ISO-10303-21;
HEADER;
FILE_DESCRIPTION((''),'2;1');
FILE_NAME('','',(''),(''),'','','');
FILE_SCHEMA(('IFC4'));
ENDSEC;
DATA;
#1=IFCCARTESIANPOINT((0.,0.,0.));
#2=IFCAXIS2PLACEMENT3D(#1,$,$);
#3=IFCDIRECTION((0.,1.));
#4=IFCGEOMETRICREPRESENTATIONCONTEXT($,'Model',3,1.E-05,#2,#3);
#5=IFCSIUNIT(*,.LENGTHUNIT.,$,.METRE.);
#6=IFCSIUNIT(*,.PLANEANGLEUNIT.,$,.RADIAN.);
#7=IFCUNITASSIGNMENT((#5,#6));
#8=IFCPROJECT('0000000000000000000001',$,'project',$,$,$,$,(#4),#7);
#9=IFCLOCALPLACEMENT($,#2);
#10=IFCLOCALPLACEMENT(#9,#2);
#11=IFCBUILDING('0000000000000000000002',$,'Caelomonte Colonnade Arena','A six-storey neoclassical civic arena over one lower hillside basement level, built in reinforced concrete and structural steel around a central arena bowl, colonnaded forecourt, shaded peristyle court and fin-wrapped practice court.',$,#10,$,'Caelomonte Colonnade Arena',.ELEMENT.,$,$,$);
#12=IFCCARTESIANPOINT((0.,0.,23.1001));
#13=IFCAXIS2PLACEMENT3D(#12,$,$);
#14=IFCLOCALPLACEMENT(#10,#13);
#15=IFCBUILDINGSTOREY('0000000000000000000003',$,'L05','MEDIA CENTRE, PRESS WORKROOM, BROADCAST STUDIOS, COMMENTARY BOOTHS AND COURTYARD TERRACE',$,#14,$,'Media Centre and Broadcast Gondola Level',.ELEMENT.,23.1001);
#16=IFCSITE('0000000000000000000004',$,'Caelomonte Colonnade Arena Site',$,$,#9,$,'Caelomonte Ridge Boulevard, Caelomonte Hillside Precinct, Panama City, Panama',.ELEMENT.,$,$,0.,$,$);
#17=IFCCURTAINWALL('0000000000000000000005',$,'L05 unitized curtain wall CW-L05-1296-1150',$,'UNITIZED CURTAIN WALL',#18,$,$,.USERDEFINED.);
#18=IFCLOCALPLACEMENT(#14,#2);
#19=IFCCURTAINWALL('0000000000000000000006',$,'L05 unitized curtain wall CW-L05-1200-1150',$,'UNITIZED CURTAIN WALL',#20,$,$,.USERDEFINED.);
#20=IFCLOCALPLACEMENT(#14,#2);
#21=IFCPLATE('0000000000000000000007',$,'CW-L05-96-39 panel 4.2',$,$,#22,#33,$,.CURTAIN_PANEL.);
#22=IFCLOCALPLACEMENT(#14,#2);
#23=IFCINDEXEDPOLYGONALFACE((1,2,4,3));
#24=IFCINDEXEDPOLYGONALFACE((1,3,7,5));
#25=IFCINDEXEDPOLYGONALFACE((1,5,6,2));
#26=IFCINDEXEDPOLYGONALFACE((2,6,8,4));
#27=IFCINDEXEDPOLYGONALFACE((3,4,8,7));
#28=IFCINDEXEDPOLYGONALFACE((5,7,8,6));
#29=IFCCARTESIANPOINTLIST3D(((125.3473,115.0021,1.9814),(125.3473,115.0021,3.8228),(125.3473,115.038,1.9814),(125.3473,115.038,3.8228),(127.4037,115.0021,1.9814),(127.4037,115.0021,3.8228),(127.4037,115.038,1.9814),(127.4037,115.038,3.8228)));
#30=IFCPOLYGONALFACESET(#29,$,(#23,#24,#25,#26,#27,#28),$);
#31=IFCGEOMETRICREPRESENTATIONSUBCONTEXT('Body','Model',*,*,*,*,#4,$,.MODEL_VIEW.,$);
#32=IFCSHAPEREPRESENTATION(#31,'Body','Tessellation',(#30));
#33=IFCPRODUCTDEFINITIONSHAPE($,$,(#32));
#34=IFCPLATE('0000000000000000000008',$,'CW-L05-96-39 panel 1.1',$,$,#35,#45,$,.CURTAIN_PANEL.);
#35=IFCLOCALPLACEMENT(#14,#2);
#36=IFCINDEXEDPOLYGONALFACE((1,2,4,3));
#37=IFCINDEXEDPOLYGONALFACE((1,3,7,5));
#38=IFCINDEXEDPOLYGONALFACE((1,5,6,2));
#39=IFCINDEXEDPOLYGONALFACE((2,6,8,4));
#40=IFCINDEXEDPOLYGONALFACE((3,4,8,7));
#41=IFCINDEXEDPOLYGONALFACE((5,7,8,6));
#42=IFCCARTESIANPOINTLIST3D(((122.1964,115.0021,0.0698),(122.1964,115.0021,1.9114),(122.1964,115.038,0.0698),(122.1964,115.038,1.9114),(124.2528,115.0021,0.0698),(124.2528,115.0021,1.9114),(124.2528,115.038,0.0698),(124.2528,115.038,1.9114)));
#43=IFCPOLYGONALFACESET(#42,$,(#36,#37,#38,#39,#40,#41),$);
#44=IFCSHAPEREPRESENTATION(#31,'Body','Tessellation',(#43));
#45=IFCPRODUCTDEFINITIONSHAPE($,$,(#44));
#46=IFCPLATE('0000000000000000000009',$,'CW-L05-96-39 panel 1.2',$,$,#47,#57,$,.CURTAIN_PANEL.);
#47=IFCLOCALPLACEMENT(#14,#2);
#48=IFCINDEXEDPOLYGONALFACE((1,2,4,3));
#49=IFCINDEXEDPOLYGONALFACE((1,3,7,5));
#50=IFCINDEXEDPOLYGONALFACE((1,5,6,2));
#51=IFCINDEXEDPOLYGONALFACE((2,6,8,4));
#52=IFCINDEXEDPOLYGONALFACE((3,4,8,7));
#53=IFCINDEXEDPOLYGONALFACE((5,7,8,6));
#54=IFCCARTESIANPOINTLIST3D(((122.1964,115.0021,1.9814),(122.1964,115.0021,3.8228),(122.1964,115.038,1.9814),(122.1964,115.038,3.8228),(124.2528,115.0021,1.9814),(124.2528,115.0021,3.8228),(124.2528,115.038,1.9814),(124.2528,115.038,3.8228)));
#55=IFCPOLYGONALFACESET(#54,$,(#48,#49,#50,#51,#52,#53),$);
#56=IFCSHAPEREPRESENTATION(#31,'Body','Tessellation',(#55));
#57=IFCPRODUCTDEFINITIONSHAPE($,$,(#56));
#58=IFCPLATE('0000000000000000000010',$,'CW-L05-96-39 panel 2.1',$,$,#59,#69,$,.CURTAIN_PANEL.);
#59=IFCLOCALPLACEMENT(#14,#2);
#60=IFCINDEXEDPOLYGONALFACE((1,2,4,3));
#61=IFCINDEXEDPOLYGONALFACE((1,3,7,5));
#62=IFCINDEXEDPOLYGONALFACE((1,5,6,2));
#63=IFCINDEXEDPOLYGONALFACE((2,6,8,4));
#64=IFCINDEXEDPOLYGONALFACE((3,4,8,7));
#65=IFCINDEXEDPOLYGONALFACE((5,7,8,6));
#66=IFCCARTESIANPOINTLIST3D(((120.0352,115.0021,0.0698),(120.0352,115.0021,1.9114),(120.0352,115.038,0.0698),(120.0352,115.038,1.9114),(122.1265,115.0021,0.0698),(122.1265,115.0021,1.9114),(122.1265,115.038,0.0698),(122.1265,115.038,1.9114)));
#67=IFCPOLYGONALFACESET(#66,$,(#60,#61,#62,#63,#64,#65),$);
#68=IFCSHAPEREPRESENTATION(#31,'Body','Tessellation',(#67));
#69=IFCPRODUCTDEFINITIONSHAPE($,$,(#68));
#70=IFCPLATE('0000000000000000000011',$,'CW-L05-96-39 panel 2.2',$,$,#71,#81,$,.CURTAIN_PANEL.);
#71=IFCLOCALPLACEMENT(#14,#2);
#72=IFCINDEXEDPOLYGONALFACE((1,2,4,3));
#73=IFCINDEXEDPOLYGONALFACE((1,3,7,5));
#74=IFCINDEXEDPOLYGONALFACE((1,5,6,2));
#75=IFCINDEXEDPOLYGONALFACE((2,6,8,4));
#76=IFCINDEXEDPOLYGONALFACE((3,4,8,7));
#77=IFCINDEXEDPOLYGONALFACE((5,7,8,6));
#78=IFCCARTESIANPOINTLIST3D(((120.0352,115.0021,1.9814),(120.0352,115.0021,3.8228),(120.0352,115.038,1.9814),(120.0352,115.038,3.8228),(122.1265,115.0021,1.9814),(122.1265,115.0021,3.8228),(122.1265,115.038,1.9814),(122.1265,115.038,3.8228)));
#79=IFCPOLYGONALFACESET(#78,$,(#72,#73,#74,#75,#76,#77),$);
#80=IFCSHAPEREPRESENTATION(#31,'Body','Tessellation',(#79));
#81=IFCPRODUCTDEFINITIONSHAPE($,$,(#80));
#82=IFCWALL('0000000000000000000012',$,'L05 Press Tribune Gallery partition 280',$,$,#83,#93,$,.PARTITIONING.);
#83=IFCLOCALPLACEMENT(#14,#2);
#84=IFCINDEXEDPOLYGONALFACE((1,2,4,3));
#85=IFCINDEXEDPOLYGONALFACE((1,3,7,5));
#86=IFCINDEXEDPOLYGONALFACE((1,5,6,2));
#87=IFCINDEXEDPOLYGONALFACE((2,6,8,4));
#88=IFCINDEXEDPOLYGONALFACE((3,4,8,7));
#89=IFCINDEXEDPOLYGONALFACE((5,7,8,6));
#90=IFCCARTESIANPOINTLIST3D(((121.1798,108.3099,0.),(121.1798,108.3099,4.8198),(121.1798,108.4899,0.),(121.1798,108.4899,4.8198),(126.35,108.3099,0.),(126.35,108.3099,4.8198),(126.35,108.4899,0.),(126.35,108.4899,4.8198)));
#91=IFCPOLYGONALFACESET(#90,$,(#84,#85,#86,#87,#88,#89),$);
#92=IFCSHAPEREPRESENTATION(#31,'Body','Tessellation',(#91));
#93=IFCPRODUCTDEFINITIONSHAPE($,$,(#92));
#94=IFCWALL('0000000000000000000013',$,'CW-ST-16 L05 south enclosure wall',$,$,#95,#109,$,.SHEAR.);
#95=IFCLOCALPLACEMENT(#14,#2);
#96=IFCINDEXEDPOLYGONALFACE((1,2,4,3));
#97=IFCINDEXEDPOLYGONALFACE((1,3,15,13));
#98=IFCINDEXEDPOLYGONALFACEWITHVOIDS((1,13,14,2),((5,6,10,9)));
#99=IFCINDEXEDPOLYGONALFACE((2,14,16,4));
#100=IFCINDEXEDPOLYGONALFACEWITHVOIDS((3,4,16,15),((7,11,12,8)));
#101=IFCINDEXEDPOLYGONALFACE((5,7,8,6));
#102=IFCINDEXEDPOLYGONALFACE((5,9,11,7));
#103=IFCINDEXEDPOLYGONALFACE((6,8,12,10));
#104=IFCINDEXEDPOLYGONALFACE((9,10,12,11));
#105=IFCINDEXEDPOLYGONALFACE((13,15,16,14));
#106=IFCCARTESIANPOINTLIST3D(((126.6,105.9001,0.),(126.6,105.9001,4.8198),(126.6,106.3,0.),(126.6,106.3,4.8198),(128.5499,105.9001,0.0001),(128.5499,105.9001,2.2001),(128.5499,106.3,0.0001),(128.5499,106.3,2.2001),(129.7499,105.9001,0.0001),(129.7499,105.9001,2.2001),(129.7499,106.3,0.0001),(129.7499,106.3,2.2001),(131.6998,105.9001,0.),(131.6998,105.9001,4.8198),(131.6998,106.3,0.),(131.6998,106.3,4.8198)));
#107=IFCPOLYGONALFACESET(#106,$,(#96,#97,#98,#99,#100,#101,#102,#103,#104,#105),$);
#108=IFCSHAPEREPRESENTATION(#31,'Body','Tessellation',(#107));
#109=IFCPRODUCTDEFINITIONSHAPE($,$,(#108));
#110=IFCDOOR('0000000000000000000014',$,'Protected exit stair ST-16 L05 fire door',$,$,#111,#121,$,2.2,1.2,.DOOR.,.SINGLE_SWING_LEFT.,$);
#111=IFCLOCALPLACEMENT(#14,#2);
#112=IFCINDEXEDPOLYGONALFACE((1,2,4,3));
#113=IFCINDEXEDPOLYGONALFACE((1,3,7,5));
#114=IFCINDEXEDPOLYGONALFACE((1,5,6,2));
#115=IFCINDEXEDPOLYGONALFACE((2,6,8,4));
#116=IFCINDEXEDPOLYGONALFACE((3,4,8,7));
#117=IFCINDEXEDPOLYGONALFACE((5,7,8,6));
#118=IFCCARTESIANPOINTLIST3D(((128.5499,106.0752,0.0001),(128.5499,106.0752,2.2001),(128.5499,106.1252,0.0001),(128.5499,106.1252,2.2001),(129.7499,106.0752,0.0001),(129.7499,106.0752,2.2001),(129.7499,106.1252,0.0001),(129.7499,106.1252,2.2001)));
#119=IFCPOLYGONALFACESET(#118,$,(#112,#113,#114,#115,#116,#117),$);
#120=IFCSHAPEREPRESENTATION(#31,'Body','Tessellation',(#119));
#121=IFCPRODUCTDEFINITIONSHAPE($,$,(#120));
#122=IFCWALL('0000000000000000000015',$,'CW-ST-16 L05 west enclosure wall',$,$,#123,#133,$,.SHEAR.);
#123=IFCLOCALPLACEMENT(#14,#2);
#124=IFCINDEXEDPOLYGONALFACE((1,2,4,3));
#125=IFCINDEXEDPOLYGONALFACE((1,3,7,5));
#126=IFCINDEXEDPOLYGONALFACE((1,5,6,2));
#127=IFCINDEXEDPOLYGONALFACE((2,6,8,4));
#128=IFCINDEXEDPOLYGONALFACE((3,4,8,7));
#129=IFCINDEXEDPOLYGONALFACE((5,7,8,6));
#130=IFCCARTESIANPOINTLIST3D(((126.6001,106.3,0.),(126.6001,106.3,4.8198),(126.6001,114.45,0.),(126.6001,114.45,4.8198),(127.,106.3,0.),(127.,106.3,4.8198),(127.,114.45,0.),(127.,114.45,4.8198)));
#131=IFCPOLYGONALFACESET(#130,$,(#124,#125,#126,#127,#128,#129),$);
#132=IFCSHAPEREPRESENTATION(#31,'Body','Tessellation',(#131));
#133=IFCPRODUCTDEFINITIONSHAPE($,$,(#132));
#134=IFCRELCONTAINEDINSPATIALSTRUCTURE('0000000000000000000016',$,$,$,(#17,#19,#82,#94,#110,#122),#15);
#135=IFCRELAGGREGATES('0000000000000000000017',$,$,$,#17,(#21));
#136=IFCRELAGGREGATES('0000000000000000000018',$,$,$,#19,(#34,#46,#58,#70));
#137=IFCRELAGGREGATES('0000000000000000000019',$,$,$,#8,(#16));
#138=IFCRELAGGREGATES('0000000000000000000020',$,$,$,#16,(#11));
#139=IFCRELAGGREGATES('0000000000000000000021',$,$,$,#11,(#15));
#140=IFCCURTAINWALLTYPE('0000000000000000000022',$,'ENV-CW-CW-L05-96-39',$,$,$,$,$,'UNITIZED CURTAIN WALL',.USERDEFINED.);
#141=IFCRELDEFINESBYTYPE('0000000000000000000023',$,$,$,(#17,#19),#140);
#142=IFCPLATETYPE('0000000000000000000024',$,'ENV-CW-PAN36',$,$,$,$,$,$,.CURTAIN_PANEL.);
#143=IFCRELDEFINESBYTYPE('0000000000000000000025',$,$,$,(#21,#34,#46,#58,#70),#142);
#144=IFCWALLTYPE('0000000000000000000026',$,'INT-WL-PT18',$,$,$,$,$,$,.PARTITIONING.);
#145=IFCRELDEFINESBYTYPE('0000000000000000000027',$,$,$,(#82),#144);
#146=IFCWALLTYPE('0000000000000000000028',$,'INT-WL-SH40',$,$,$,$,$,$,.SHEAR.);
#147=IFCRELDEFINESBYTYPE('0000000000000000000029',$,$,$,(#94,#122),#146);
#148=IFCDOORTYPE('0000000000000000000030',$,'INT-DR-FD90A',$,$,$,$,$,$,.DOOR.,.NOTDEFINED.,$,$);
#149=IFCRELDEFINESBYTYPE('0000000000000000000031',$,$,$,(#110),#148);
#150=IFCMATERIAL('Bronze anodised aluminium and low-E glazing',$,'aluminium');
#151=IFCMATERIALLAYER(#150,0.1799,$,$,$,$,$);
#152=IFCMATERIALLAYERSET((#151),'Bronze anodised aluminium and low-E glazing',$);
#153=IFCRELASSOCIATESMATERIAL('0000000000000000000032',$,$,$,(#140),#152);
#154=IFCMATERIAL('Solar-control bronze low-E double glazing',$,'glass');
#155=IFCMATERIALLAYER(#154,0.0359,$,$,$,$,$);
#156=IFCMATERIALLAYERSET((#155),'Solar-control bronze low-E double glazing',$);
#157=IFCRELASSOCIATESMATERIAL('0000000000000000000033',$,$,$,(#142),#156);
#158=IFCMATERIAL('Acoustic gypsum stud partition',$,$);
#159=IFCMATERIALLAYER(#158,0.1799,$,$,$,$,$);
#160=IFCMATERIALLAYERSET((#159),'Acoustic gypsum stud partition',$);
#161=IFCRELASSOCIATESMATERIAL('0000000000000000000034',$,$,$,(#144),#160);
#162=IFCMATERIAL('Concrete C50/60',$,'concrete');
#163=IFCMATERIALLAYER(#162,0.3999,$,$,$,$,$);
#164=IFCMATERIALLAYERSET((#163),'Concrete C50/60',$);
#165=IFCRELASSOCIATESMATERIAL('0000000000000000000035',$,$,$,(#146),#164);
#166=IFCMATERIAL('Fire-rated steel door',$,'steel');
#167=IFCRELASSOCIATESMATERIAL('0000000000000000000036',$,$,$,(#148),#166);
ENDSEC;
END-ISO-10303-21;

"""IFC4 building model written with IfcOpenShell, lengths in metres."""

from ifc_helpers import new_model, si_unit, direction, frame, frame_2d, origin, origin_2d, place, context, subcontext, project, spatial, rectangle, extrude, material, layer, layer_set, type_object, element, fill, aggregate, save


model = new_model("IFC4")

# Units and contexts
model_context = context("Model", 3, precision=1e-05, world=origin(), true_north=direction((0.0, 1.0)))
body_context = subcontext(model_context, "Body", "Model", "MODEL_VIEW")
ifc_project = project(units=[si_unit("LENGTHUNIT", "METRE"), si_unit("PLANEANGLEUNIT", "RADIAN")], contexts=[model_context])

# Site, building, storey
site_placement = place(None, origin())
site = spatial("IfcSite", under=ifc_project, at=site_placement, Name="Caelomonte Colonnade Arena Site", LongName="Caelomonte Ridge Boulevard, Caelomonte Hillside Precinct, Panama City, Panama", CompositionType="ELEMENT", RefElevation=0.0)
building_placement = place(site_placement, origin())
building = spatial("IfcBuilding", under=site, at=building_placement, Name="Caelomonte Colonnade Arena", Description="A six-storey neoclassical civic arena over one lower hillside basement level, built in reinforced concrete and structural steel around a central arena bowl, colonnaded forecourt, shaded peristyle court and fin-wrapped practice court.", LongName="Caelomonte Colonnade Arena", CompositionType="ELEMENT")
storey_placement = place(building_placement, frame((0.0, 0.0, 23.1001)))
storey = spatial("IfcBuildingStorey", under=building, at=storey_placement, Name="L05", Description="MEDIA CENTRE, PRESS WORKROOM, BROADCAST STUDIOS, COMMENTARY BOOTHS AND COURTYARD TERRACE", LongName="Media Centre and Broadcast Gondola Level", CompositionType="ELEMENT", Elevation=23.1001)

# Curtain wall
ifc_material_1 = material(Name="Bronze anodised aluminium and low-E glazing", Category="aluminium")
ifc_layer_1 = layer(ifc_material_1, 0.1799)
ifc_layer_set_1 = layer_set([ifc_layer_1], Name="Bronze anodised aluminium and low-E glazing")
curtain_wall_type = type_object("IfcCurtainWallType", Name="ENV-CW-CW-L05-96-39", ElementType="UNITIZED CURTAIN WALL", PredefinedType="USERDEFINED", material=ifc_layer_set_1)
curtain_wall_1_placement = place(storey_placement, origin())
curtain_wall_1 = element("IfcCurtainWall", 1, at=curtain_wall_1_placement, inside=storey, type_object=curtain_wall_type, Name="L05 unitized curtain wall CW-L05-1296-1150", ObjectType="UNITIZED CURTAIN WALL", PredefinedType="USERDEFINED")

# Curtain wall
curtain_wall_2_placement = place(storey_placement, origin())
curtain_wall_2 = element("IfcCurtainWall", 2, at=curtain_wall_2_placement, inside=storey, type_object=curtain_wall_type, Name="L05 unitized curtain wall CW-L05-1200-1150", ObjectType="UNITIZED CURTAIN WALL", PredefinedType="USERDEFINED")

# Plates
ifc_material_2 = material(Name="Solar-control bronze low-E double glazing", Category="glass")
ifc_layer_2 = layer(ifc_material_2, 0.0359)
ifc_layer_set_2 = layer_set([ifc_layer_2], Name="Solar-control bronze low-E double glazing")
plate_type = type_object("IfcPlateType", Name="ENV-CW-PAN36", PredefinedType="CURTAIN_PANEL", material=ifc_layer_set_2)
plate_1_placement = place(storey_placement, frame((126.3755, 115.02, 1.9814), z_axis=(0.0, 0.0, 1.0), x_axis=(-1.0, 0.0, 0.0)))
plate_1 = element("IfcPlate", 3, at=plate_1_placement, type_object=plate_type, Name="CW-L05-96-39 panel 4.2", PredefinedType="CURTAIN_PANEL", context=body_context, shape_type="SweptSolid", body=[
    extrude(rectangle(XDim=2.0564, YDim=0.0359, at=origin_2d()), origin(), (0.0, 0.0, 1.0), 1.8413),
])
aggregate(curtain_wall_1, [plate_1])
plate_2_placement = place(storey_placement, frame((123.2246, 115.02, 0.0698), z_axis=(0.0, 0.0, 1.0), x_axis=(-1.0, 0.0, 0.0)))
plate_2 = element("IfcPlate", 4, at=plate_2_placement, type_object=plate_type, Name="CW-L05-96-39 panel 1.1", PredefinedType="CURTAIN_PANEL", context=body_context, shape_type="SweptSolid", body=[
    extrude(rectangle(XDim=2.0564, YDim=0.0359, at=origin_2d()), origin(), (0.0, 0.0, 1.0), 1.8416),
])
plate_3_placement = place(storey_placement, frame((123.2246, 115.02, 1.9814), z_axis=(0.0, 0.0, 1.0), x_axis=(-1.0, 0.0, 0.0)))
plate_3 = element("IfcPlate", 5, at=plate_3_placement, type_object=plate_type, Name="CW-L05-96-39 panel 1.2", PredefinedType="CURTAIN_PANEL", context=body_context, shape_type="SweptSolid", body=[
    extrude(rectangle(XDim=2.0564, YDim=0.0359, at=origin_2d()), origin(), (0.0, 0.0, 1.0), 1.8413),
])
plate_4_placement = place(storey_placement, frame((121.0808, 115.02, 0.0698), z_axis=(0.0, 0.0, 1.0), x_axis=(-1.0, 0.0, 0.0)))
plate_4 = element("IfcPlate", 6, at=plate_4_placement, type_object=plate_type, Name="CW-L05-96-39 panel 2.1", PredefinedType="CURTAIN_PANEL", context=body_context, shape_type="SweptSolid", body=[
    extrude(rectangle(XDim=2.0913, YDim=0.0359, at=origin_2d()), origin(), (0.0, 0.0, 1.0), 1.8416),
])
plate_5_placement = place(storey_placement, frame((121.0808, 115.02, 1.9814), z_axis=(0.0, 0.0, 1.0), x_axis=(-1.0, 0.0, 0.0)))
plate_5 = element("IfcPlate", 7, at=plate_5_placement, type_object=plate_type, Name="CW-L05-96-39 panel 2.2", PredefinedType="CURTAIN_PANEL", context=body_context, shape_type="SweptSolid", body=[
    extrude(rectangle(XDim=2.0913, YDim=0.0359, at=origin_2d()), origin(), (0.0, 0.0, 1.0), 1.8413),
])
aggregate(curtain_wall_2, [plate_2, plate_3, plate_4, plate_5])

# Wall
ifc_material_3 = material(Name="Acoustic gypsum stud partition")
ifc_layer_3 = layer(ifc_material_3, 0.1799)
ifc_layer_set_3 = layer_set([ifc_layer_3], Name="Acoustic gypsum stud partition")
wall_type_1 = type_object("IfcWallType", Name="INT-WL-PT18", PredefinedType="PARTITIONING", material=ifc_layer_set_3)
wall_1_placement = place(storey_placement, frame((121.1799, 108.3999, 0.0), z_axis=(0.0, 0.0, 1.0), x_axis=(1.0, 0.0, 0.0)))
element("IfcWall", 8, at=wall_1_placement, inside=storey, type_object=wall_type_1, Name="L05 Press Tribune Gallery partition 280", PredefinedType="PARTITIONING", context=body_context, shape_type="SweptSolid", body=[
    extrude(rectangle(XDim=5.1702, YDim=0.1799, at=frame_2d((2.585, 0.0))), origin(), (0.0, 0.0, 1.0), 4.8198),
])

# Wall, opening, door
ifc_material_4 = material(Name="Concrete C50/60", Category="concrete")
ifc_layer_4 = layer(ifc_material_4, 0.3999)
ifc_layer_set_4 = layer_set([ifc_layer_4], Name="Concrete C50/60")
wall_type_2 = type_object("IfcWallType", Name="INT-WL-SH40", PredefinedType="SHEAR", material=ifc_layer_set_4)
wall_2_placement = place(storey_placement, frame((126.6001, 106.1001, 0.0), z_axis=(0.0, 0.0, 1.0), x_axis=(1.0, 0.0, 0.0)))
wall_2 = element("IfcWall", 9, at=wall_2_placement, inside=storey, type_object=wall_type_2, Name="CW-ST-16 L05 south enclosure wall", PredefinedType="SHEAR", context=body_context, shape_type="SweptSolid", body=[
    extrude(rectangle(XDim=5.0999, YDim=0.3999, at=frame_2d((2.5498, 0.0))), origin(), (0.0, 0.0, 1.0), 4.8198),
])
opening_placement = place(wall_2_placement, frame((3.1499, 0.0, 0.0), z_axis=(0.0, 0.0, 1.0), x_axis=(-1.0, 0.0, 0.0)))
opening = element("IfcOpeningElement", 10, at=opening_placement, cuts=wall_2, PredefinedType="OPENING", context=body_context, shape_type="SweptSolid", body=[
    extrude(rectangle(XDim=1.2, YDim=2.2, at=frame_2d((0.6001, 1.1001))), frame((0.0, 0.21, 0.0), z_axis=(0.0, -1.0, 0.0), x_axis=(1.0, 0.0, 0.0)), (0.0, 0.0, 1.0), 0.4199),
])
ifc_material_5 = material(Name="Fire-rated steel door", Category="steel")
door_type = type_object("IfcDoorType", Name="INT-DR-FD90A", OperationType="NOTDEFINED", PredefinedType="DOOR", material=ifc_material_5)
door_placement = place(opening_placement, origin())
door = element("IfcDoor", 11, at=door_placement, inside=storey, type_object=door_type, Name="Protected exit stair ST-16 L05 fire door", OperationType="SINGLE_SWING_LEFT", OverallHeight=2.2, OverallWidth=1.2, PredefinedType="DOOR", context=body_context, shape_type="SweptSolid", body=[
    extrude(rectangle(XDim=1.2, YDim=2.2, at=frame_2d((0.6001, 1.1001))), frame((0.0, 0.0249, 0.0), z_axis=(0.0, -1.0, 0.0), x_axis=(1.0, 0.0, 0.0)), (0.0, 0.0, 1.0), 0.05),
])
fill(opening, door)

# Wall
wall_3_placement = place(storey_placement, frame((126.8, 114.45, 0.0), z_axis=(0.0, 0.0, 1.0), x_axis=(0.0, -1.0, 0.0)))
element("IfcWall", 12, at=wall_3_placement, inside=storey, type_object=wall_type_2, Name="CW-ST-16 L05 west enclosure wall", PredefinedType="SHEAR", context=body_context, shape_type="SweptSolid", body=[
    extrude(rectangle(XDim=8.1499, YDim=0.3999, at=frame_2d((4.075, 0.0))), origin(), (0.0, 0.0, 1.0), 4.8198),
])

save(model, "model.ifc")
